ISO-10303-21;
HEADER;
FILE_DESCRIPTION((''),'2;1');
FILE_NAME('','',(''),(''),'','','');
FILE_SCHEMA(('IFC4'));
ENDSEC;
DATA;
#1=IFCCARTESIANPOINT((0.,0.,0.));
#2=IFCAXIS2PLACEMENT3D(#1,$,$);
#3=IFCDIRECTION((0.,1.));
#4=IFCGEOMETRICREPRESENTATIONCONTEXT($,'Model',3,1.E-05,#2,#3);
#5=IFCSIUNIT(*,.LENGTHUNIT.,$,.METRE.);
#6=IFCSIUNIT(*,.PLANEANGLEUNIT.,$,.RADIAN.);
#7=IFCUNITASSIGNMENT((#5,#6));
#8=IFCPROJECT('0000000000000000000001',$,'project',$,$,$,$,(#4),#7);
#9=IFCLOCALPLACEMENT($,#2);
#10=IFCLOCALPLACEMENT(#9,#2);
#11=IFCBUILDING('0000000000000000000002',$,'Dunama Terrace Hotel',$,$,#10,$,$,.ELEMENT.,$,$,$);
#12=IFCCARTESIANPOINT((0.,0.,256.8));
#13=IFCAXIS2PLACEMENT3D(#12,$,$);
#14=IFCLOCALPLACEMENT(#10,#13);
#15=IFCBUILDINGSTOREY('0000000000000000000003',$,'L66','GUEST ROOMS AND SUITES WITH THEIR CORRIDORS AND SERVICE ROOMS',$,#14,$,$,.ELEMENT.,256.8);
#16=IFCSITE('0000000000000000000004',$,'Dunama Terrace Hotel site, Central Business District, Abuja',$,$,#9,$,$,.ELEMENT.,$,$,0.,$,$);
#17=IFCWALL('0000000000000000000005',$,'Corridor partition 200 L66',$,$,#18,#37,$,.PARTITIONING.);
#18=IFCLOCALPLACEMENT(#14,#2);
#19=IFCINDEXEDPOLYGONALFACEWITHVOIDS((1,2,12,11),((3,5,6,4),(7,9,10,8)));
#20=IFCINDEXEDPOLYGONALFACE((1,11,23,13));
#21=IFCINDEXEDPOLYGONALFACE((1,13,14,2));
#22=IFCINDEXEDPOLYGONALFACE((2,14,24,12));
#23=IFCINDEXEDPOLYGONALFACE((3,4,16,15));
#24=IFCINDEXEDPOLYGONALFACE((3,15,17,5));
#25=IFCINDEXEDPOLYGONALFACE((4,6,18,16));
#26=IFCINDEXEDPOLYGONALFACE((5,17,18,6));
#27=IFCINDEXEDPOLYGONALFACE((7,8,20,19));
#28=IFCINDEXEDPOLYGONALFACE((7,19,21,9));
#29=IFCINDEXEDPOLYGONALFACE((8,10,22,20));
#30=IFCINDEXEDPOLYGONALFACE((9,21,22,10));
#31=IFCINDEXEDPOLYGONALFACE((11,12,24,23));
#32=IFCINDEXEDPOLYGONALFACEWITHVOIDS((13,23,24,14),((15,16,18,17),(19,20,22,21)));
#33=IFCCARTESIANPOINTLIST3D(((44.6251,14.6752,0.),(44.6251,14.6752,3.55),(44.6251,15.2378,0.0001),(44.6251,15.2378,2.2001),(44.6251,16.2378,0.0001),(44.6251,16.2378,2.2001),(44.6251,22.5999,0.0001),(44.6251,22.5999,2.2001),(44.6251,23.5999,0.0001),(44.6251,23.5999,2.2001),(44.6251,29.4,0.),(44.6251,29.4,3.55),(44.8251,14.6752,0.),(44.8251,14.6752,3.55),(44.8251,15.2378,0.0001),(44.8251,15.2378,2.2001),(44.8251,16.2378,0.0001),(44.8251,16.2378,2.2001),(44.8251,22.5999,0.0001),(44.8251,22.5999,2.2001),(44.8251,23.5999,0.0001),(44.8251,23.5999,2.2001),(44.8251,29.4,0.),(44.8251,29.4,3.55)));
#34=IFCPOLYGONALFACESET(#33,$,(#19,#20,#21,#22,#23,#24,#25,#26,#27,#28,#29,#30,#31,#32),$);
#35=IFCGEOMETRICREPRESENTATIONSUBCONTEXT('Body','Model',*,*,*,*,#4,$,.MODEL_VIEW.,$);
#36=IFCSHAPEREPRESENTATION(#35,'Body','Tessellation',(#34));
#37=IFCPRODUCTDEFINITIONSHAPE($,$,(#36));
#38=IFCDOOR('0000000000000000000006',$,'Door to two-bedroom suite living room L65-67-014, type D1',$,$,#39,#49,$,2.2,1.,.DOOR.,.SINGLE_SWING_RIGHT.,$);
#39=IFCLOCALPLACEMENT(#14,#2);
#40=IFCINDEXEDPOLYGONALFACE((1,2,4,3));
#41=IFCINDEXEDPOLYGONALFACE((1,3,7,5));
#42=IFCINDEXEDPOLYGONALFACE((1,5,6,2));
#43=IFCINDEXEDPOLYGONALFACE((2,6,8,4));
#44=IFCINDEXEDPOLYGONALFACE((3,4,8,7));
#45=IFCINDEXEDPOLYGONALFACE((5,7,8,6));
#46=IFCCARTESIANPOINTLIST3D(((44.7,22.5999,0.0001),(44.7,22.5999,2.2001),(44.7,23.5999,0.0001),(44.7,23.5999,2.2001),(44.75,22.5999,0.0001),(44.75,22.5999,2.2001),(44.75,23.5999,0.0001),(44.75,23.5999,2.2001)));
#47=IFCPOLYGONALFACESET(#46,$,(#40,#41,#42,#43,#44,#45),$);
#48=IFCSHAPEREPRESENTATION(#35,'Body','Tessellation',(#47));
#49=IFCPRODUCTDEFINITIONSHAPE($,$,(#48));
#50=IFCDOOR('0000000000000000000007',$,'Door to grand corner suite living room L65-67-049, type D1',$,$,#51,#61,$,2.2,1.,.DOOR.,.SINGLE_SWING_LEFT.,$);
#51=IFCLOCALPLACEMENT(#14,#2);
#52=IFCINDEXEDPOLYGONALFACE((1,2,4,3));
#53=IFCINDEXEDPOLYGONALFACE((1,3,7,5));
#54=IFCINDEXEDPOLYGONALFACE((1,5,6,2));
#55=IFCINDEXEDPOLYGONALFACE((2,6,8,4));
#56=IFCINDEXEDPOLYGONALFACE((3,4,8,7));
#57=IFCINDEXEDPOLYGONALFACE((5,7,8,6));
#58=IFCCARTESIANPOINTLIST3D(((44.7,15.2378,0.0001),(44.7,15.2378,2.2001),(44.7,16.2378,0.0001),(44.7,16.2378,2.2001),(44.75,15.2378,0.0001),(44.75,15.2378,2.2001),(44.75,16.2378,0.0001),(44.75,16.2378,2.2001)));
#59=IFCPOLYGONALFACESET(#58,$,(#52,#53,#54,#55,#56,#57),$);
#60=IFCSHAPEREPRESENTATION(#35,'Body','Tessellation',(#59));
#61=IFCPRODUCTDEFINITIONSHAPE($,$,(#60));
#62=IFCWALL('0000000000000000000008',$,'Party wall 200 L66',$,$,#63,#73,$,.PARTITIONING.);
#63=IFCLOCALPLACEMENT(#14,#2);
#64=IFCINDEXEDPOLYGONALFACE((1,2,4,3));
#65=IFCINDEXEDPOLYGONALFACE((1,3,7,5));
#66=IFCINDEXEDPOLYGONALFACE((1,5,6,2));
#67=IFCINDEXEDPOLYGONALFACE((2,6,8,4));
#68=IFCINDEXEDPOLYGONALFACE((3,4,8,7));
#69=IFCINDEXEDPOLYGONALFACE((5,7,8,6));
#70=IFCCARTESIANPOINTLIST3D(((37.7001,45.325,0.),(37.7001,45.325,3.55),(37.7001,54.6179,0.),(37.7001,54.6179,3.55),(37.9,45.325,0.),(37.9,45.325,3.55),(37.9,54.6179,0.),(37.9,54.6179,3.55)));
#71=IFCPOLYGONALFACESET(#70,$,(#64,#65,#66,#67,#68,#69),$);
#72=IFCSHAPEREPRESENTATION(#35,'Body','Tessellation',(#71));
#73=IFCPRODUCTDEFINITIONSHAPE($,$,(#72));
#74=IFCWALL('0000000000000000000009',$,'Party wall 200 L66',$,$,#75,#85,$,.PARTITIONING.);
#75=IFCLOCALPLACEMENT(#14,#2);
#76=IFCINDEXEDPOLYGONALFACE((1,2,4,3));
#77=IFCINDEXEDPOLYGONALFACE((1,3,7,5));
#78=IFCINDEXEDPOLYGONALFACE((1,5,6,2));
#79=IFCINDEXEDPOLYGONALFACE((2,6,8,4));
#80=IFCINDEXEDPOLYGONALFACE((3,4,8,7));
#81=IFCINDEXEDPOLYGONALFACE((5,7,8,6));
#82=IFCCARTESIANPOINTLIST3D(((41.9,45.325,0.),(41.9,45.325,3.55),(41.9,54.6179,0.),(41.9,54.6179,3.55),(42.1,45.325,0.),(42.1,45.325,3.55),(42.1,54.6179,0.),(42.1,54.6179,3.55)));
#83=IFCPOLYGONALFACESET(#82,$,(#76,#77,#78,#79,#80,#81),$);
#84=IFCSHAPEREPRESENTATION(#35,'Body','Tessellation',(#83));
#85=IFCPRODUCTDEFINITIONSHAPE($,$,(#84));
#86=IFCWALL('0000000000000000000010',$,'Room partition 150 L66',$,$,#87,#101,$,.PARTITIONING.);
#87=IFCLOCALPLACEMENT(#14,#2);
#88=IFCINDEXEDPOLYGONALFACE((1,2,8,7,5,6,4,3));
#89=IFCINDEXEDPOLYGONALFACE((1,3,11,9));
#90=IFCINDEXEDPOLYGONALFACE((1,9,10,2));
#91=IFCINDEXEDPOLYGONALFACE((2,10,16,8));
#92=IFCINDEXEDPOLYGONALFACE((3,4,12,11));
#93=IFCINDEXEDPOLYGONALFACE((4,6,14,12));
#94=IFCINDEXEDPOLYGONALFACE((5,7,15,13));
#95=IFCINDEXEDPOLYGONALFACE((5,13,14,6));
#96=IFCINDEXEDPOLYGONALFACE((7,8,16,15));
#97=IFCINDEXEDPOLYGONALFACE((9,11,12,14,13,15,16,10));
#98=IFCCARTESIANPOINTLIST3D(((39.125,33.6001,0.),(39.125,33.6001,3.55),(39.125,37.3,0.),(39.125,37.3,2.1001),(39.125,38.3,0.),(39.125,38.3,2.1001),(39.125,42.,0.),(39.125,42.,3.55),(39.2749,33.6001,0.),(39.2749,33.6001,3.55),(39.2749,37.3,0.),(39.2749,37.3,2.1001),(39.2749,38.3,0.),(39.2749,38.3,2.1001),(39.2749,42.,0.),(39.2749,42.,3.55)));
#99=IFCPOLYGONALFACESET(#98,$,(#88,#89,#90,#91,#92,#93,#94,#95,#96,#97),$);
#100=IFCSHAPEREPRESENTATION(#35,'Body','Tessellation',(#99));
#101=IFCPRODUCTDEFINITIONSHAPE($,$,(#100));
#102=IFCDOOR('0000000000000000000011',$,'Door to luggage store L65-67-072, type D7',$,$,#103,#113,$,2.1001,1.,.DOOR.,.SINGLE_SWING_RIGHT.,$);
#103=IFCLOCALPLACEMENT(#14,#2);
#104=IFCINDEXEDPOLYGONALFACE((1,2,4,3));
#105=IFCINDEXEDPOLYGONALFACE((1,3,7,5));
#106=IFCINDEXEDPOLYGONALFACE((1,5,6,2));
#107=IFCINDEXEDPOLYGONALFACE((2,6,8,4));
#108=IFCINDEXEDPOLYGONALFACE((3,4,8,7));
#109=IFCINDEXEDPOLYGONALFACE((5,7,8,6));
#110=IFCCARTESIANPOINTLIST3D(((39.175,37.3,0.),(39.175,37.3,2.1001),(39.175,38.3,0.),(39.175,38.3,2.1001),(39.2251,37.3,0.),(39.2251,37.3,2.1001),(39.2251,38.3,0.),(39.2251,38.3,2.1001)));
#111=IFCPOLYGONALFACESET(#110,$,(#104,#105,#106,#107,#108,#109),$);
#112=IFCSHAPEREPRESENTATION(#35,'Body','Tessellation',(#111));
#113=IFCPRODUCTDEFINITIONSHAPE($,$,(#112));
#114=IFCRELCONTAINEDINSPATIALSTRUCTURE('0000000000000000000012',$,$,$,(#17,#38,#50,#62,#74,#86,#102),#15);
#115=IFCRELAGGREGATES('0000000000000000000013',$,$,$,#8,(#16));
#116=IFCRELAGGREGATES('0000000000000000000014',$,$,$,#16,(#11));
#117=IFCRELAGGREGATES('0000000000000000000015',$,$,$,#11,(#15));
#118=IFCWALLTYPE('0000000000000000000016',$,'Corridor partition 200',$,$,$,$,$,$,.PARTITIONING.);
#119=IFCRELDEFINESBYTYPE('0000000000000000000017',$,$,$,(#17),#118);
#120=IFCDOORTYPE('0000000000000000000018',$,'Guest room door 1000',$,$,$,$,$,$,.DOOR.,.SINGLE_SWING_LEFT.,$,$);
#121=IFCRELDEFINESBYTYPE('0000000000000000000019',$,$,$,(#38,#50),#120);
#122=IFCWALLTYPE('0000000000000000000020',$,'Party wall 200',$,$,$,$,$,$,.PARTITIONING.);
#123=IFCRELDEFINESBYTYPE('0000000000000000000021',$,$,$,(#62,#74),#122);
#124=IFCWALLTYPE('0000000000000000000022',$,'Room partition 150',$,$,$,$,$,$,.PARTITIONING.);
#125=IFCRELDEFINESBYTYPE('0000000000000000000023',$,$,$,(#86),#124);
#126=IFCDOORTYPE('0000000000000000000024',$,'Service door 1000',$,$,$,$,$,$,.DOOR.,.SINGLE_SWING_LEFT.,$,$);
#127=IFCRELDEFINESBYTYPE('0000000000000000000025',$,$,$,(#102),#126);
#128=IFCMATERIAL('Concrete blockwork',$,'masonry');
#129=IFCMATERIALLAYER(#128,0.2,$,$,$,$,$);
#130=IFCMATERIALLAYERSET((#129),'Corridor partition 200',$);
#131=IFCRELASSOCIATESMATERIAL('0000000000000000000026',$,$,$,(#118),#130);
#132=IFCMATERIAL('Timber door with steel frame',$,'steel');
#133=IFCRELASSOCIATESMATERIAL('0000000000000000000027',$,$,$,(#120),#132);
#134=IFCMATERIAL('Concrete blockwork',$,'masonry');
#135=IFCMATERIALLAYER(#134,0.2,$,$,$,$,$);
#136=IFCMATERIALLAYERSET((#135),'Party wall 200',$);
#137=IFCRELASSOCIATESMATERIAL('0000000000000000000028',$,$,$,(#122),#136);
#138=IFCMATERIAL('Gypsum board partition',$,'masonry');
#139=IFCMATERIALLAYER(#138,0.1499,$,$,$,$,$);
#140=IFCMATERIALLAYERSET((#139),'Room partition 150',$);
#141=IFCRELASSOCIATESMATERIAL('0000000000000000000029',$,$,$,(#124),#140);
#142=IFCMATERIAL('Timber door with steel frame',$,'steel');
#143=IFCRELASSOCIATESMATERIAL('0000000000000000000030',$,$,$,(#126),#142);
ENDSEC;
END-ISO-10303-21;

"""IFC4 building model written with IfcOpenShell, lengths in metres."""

from ifc_helpers import new_model, si_unit, direction, frame, frame_2d, origin, place, context, subcontext, project, spatial, rectangle, extrude, material, layer, layer_set, type_object, element, fill, save


model = new_model("IFC4")

# Units and contexts
model_context = context("Model", 3, precision=1e-05, world=origin(), true_north=direction((0.0, 1.0)))
body_context = subcontext(model_context, "Body", "Model", "MODEL_VIEW")
ifc_project = project(units=[si_unit("LENGTHUNIT", "METRE"), si_unit("PLANEANGLEUNIT", "RADIAN")], contexts=[model_context])

# Site, building, storey
site_placement = place(None, origin())
site = spatial("IfcSite", under=ifc_project, at=site_placement, Name="Dunama Terrace Hotel site, Central Business District, Abuja", CompositionType="ELEMENT", RefElevation=0.0)
building_placement = place(site_placement, origin())
building = spatial("IfcBuilding", under=site, at=building_placement, Name="Dunama Terrace Hotel", CompositionType="ELEMENT")
storey_placement = place(building_placement, frame((0.0, 0.0, 256.8)))
storey = spatial("IfcBuildingStorey", under=building, at=storey_placement, Name="L66", Description="GUEST ROOMS AND SUITES WITH THEIR CORRIDORS AND SERVICE ROOMS", CompositionType="ELEMENT", Elevation=256.8)

# Shared definitions
ifc_material_1 = material(Name="Concrete blockwork", Category="masonry")
ifc_layer_1 = layer(ifc_material_1, 0.2)
ifc_layer_set_1 = layer_set([ifc_layer_1], Name="Corridor partition 200")
wall_type_1 = type_object("IfcWallType", Name="Corridor partition 200", PredefinedType="PARTITIONING", material=ifc_layer_set_1)

# Wall, openings, doors
wall_1_placement = place(storey_placement, frame((44.7251, 29.3999, 0.0), z_axis=(0.0, 0.0, 1.0), x_axis=(0.0, -1.0, 0.0)))
wall_1 = element("IfcWall", 1, at=wall_1_placement, inside=storey, type_object=wall_type_1, Name="Corridor partition 200 L66", PredefinedType="PARTITIONING", context=body_context, shape_type="SweptSolid", body=[
    extrude(rectangle(XDim=14.7249, YDim=0.2, at=frame_2d((7.3623, 0.0))), origin(), (0.0, 0.0, 1.0), 3.55),
])
opening_1_placement = place(wall_1_placement, frame((5.8, 0.0, 0.0)))
opening_1 = element("IfcOpeningElement", 2, at=opening_1_placement, cuts=wall_1, PredefinedType="OPENING", context=body_context, shape_type="SweptSolid", body=[
    extrude(rectangle(XDim=1.0, YDim=2.2, at=frame_2d((0.5, 1.1001))), frame((0.0, 0.1099, 0.0), z_axis=(0.0, -1.0, 0.0), x_axis=(1.0, 0.0, 0.0)), (0.0, 0.0, 1.0), 0.22),
])
opening_2_placement = place(wall_1_placement, frame((13.1621, 0.0, 0.0)))
opening_2 = element("IfcOpeningElement", 3, at=opening_2_placement, cuts=wall_1, PredefinedType="OPENING", context=body_context, shape_type="SweptSolid", body=[
    extrude(rectangle(XDim=1.0, YDim=2.2, at=frame_2d((0.5, 1.1001))), frame((0.0, 0.1099, 0.0), z_axis=(0.0, -1.0, 0.0), x_axis=(1.0, 0.0, 0.0)), (0.0, 0.0, 1.0), 0.22),
])
ifc_material_2 = material(Name="Timber door with steel frame", Category="steel")
door_type_1 = type_object("IfcDoorType", Name="Guest room door 1000", OperationType="SINGLE_SWING_LEFT", PredefinedType="DOOR", material=ifc_material_2)
door_1_placement = place(opening_1_placement, origin())
door_1 = element("IfcDoor", 4, at=door_1_placement, inside=storey, type_object=door_type_1, Name="Door to two-bedroom suite living room L65-67-014, type D1", OperationType="SINGLE_SWING_RIGHT", OverallHeight=2.2, OverallWidth=1.0, PredefinedType="DOOR", context=body_context, shape_type="SweptSolid", body=[
    extrude(rectangle(XDim=1.0, YDim=2.2, at=frame_2d((0.5, 1.1001))), frame((0.0, 0.0249, 0.0), z_axis=(0.0, -1.0, 0.0), x_axis=(1.0, 0.0, 0.0)), (0.0, 0.0, 1.0), 0.05),
])
fill(opening_1, door_1)
door_2_placement = place(opening_2_placement, origin())
door_2 = element("IfcDoor", 5, at=door_2_placement, inside=storey, type_object=door_type_1, Name="Door to grand corner suite living room L65-67-049, type D1", OperationType="SINGLE_SWING_LEFT", OverallHeight=2.2, OverallWidth=1.0, PredefinedType="DOOR", context=body_context, shape_type="SweptSolid", body=[
    extrude(rectangle(XDim=1.0, YDim=2.2, at=frame_2d((0.5, 1.1001))), frame((0.0, 0.0249, 0.0), z_axis=(0.0, -1.0, 0.0), x_axis=(1.0, 0.0, 0.0)), (0.0, 0.0, 1.0), 0.05),
])
fill(opening_2, door_2)

# Walls
ifc_material_3 = material(Name="Concrete blockwork", Category="masonry")
ifc_layer_2 = layer(ifc_material_3, 0.2)
ifc_layer_set_2 = layer_set([ifc_layer_2], Name="Party wall 200")
wall_type_2 = type_object("IfcWallType", Name="Party wall 200", PredefinedType="PARTITIONING", material=ifc_layer_set_2)
for number, where, z_axis, x_axis, name in (
    (6, (37.8, 45.325, 0.0), (0.0, 0.0, 1.0), (0.0, 1.0, 0.0), "Party wall 200 L66"),
    (7, (42.0, 45.325, 0.0), (0.0, 0.0, 1.0), (0.0, 1.0, 0.0), "Party wall 200 L66"),
):
    element("IfcWall", number, at=place(storey_placement, frame(where, z_axis=z_axis, x_axis=x_axis)), inside=storey, type_object=wall_type_2, Name=name, PredefinedType="PARTITIONING", context=body_context, shape_type="SweptSolid", body=[
        extrude(rectangle(XDim=9.293, YDim=0.2, at=frame_2d((4.6465, 0.0))), origin(), (0.0, 0.0, 1.0), 3.55),
    ])

# Wall, opening, door
ifc_material_4 = material(Name="Gypsum board partition", Category="masonry")
ifc_layer_3 = layer(ifc_material_4, 0.1499)
ifc_layer_set_3 = layer_set([ifc_layer_3], Name="Room partition 150")
wall_type_3 = type_object("IfcWallType", Name="Room partition 150", PredefinedType="PARTITIONING", material=ifc_layer_set_3)
wall_2_placement = place(storey_placement, frame((39.2, 33.6001, 0.0), z_axis=(0.0, 0.0, 1.0), x_axis=(0.0, 1.0, 0.0)))
wall_2 = element("IfcWall", 8, at=wall_2_placement, inside=storey, type_object=wall_type_3, Name="Room partition 150 L66", PredefinedType="PARTITIONING", context=body_context, shape_type="SweptSolid", body=[
    extrude(rectangle(XDim=8.3999, YDim=0.1499, at=frame_2d((4.2, 0.0))), origin(), (0.0, 0.0, 1.0), 3.55),
])
opening_3_placement = place(wall_2_placement, frame((3.7, 0.0, 0.0)))
opening_3 = element("IfcOpeningElement", 9, at=opening_3_placement, cuts=wall_2, PredefinedType="OPENING", context=body_context, shape_type="SweptSolid", body=[
    extrude(rectangle(XDim=1.0, YDim=2.1001, at=frame_2d((0.5, 1.05))), frame((0.0, 0.085, 0.0), z_axis=(0.0, -1.0, 0.0), x_axis=(1.0, 0.0, 0.0)), (0.0, 0.0, 1.0), 0.1699),
])
ifc_material_5 = material(Name="Timber door with steel frame", Category="steel")
door_type_2 = type_object("IfcDoorType", Name="Service door 1000", OperationType="SINGLE_SWING_LEFT", PredefinedType="DOOR", material=ifc_material_5)
door_3_placement = place(opening_3_placement, frame((1.0, 0.0, 0.0), z_axis=(0.0, 0.0, 1.0), x_axis=(-1.0, 0.0, 0.0)))
door_3 = element("IfcDoor", 10, at=door_3_placement, inside=storey, type_object=door_type_2, Name="Door to luggage store L65-67-072, type D7", OperationType="SINGLE_SWING_RIGHT", OverallHeight=2.1001, OverallWidth=1.0, PredefinedType="DOOR", context=body_context, shape_type="SweptSolid", body=[
    extrude(rectangle(XDim=1.0, YDim=2.1001, at=frame_2d((0.5, 1.05))), frame((0.0, 0.0251, 0.0), z_axis=(0.0, -1.0, 0.0), x_axis=(1.0, 0.0, 0.0)), (0.0, 0.0, 1.0), 0.05),
])
fill(opening_3, door_3)

save(model, "model.ifc")
